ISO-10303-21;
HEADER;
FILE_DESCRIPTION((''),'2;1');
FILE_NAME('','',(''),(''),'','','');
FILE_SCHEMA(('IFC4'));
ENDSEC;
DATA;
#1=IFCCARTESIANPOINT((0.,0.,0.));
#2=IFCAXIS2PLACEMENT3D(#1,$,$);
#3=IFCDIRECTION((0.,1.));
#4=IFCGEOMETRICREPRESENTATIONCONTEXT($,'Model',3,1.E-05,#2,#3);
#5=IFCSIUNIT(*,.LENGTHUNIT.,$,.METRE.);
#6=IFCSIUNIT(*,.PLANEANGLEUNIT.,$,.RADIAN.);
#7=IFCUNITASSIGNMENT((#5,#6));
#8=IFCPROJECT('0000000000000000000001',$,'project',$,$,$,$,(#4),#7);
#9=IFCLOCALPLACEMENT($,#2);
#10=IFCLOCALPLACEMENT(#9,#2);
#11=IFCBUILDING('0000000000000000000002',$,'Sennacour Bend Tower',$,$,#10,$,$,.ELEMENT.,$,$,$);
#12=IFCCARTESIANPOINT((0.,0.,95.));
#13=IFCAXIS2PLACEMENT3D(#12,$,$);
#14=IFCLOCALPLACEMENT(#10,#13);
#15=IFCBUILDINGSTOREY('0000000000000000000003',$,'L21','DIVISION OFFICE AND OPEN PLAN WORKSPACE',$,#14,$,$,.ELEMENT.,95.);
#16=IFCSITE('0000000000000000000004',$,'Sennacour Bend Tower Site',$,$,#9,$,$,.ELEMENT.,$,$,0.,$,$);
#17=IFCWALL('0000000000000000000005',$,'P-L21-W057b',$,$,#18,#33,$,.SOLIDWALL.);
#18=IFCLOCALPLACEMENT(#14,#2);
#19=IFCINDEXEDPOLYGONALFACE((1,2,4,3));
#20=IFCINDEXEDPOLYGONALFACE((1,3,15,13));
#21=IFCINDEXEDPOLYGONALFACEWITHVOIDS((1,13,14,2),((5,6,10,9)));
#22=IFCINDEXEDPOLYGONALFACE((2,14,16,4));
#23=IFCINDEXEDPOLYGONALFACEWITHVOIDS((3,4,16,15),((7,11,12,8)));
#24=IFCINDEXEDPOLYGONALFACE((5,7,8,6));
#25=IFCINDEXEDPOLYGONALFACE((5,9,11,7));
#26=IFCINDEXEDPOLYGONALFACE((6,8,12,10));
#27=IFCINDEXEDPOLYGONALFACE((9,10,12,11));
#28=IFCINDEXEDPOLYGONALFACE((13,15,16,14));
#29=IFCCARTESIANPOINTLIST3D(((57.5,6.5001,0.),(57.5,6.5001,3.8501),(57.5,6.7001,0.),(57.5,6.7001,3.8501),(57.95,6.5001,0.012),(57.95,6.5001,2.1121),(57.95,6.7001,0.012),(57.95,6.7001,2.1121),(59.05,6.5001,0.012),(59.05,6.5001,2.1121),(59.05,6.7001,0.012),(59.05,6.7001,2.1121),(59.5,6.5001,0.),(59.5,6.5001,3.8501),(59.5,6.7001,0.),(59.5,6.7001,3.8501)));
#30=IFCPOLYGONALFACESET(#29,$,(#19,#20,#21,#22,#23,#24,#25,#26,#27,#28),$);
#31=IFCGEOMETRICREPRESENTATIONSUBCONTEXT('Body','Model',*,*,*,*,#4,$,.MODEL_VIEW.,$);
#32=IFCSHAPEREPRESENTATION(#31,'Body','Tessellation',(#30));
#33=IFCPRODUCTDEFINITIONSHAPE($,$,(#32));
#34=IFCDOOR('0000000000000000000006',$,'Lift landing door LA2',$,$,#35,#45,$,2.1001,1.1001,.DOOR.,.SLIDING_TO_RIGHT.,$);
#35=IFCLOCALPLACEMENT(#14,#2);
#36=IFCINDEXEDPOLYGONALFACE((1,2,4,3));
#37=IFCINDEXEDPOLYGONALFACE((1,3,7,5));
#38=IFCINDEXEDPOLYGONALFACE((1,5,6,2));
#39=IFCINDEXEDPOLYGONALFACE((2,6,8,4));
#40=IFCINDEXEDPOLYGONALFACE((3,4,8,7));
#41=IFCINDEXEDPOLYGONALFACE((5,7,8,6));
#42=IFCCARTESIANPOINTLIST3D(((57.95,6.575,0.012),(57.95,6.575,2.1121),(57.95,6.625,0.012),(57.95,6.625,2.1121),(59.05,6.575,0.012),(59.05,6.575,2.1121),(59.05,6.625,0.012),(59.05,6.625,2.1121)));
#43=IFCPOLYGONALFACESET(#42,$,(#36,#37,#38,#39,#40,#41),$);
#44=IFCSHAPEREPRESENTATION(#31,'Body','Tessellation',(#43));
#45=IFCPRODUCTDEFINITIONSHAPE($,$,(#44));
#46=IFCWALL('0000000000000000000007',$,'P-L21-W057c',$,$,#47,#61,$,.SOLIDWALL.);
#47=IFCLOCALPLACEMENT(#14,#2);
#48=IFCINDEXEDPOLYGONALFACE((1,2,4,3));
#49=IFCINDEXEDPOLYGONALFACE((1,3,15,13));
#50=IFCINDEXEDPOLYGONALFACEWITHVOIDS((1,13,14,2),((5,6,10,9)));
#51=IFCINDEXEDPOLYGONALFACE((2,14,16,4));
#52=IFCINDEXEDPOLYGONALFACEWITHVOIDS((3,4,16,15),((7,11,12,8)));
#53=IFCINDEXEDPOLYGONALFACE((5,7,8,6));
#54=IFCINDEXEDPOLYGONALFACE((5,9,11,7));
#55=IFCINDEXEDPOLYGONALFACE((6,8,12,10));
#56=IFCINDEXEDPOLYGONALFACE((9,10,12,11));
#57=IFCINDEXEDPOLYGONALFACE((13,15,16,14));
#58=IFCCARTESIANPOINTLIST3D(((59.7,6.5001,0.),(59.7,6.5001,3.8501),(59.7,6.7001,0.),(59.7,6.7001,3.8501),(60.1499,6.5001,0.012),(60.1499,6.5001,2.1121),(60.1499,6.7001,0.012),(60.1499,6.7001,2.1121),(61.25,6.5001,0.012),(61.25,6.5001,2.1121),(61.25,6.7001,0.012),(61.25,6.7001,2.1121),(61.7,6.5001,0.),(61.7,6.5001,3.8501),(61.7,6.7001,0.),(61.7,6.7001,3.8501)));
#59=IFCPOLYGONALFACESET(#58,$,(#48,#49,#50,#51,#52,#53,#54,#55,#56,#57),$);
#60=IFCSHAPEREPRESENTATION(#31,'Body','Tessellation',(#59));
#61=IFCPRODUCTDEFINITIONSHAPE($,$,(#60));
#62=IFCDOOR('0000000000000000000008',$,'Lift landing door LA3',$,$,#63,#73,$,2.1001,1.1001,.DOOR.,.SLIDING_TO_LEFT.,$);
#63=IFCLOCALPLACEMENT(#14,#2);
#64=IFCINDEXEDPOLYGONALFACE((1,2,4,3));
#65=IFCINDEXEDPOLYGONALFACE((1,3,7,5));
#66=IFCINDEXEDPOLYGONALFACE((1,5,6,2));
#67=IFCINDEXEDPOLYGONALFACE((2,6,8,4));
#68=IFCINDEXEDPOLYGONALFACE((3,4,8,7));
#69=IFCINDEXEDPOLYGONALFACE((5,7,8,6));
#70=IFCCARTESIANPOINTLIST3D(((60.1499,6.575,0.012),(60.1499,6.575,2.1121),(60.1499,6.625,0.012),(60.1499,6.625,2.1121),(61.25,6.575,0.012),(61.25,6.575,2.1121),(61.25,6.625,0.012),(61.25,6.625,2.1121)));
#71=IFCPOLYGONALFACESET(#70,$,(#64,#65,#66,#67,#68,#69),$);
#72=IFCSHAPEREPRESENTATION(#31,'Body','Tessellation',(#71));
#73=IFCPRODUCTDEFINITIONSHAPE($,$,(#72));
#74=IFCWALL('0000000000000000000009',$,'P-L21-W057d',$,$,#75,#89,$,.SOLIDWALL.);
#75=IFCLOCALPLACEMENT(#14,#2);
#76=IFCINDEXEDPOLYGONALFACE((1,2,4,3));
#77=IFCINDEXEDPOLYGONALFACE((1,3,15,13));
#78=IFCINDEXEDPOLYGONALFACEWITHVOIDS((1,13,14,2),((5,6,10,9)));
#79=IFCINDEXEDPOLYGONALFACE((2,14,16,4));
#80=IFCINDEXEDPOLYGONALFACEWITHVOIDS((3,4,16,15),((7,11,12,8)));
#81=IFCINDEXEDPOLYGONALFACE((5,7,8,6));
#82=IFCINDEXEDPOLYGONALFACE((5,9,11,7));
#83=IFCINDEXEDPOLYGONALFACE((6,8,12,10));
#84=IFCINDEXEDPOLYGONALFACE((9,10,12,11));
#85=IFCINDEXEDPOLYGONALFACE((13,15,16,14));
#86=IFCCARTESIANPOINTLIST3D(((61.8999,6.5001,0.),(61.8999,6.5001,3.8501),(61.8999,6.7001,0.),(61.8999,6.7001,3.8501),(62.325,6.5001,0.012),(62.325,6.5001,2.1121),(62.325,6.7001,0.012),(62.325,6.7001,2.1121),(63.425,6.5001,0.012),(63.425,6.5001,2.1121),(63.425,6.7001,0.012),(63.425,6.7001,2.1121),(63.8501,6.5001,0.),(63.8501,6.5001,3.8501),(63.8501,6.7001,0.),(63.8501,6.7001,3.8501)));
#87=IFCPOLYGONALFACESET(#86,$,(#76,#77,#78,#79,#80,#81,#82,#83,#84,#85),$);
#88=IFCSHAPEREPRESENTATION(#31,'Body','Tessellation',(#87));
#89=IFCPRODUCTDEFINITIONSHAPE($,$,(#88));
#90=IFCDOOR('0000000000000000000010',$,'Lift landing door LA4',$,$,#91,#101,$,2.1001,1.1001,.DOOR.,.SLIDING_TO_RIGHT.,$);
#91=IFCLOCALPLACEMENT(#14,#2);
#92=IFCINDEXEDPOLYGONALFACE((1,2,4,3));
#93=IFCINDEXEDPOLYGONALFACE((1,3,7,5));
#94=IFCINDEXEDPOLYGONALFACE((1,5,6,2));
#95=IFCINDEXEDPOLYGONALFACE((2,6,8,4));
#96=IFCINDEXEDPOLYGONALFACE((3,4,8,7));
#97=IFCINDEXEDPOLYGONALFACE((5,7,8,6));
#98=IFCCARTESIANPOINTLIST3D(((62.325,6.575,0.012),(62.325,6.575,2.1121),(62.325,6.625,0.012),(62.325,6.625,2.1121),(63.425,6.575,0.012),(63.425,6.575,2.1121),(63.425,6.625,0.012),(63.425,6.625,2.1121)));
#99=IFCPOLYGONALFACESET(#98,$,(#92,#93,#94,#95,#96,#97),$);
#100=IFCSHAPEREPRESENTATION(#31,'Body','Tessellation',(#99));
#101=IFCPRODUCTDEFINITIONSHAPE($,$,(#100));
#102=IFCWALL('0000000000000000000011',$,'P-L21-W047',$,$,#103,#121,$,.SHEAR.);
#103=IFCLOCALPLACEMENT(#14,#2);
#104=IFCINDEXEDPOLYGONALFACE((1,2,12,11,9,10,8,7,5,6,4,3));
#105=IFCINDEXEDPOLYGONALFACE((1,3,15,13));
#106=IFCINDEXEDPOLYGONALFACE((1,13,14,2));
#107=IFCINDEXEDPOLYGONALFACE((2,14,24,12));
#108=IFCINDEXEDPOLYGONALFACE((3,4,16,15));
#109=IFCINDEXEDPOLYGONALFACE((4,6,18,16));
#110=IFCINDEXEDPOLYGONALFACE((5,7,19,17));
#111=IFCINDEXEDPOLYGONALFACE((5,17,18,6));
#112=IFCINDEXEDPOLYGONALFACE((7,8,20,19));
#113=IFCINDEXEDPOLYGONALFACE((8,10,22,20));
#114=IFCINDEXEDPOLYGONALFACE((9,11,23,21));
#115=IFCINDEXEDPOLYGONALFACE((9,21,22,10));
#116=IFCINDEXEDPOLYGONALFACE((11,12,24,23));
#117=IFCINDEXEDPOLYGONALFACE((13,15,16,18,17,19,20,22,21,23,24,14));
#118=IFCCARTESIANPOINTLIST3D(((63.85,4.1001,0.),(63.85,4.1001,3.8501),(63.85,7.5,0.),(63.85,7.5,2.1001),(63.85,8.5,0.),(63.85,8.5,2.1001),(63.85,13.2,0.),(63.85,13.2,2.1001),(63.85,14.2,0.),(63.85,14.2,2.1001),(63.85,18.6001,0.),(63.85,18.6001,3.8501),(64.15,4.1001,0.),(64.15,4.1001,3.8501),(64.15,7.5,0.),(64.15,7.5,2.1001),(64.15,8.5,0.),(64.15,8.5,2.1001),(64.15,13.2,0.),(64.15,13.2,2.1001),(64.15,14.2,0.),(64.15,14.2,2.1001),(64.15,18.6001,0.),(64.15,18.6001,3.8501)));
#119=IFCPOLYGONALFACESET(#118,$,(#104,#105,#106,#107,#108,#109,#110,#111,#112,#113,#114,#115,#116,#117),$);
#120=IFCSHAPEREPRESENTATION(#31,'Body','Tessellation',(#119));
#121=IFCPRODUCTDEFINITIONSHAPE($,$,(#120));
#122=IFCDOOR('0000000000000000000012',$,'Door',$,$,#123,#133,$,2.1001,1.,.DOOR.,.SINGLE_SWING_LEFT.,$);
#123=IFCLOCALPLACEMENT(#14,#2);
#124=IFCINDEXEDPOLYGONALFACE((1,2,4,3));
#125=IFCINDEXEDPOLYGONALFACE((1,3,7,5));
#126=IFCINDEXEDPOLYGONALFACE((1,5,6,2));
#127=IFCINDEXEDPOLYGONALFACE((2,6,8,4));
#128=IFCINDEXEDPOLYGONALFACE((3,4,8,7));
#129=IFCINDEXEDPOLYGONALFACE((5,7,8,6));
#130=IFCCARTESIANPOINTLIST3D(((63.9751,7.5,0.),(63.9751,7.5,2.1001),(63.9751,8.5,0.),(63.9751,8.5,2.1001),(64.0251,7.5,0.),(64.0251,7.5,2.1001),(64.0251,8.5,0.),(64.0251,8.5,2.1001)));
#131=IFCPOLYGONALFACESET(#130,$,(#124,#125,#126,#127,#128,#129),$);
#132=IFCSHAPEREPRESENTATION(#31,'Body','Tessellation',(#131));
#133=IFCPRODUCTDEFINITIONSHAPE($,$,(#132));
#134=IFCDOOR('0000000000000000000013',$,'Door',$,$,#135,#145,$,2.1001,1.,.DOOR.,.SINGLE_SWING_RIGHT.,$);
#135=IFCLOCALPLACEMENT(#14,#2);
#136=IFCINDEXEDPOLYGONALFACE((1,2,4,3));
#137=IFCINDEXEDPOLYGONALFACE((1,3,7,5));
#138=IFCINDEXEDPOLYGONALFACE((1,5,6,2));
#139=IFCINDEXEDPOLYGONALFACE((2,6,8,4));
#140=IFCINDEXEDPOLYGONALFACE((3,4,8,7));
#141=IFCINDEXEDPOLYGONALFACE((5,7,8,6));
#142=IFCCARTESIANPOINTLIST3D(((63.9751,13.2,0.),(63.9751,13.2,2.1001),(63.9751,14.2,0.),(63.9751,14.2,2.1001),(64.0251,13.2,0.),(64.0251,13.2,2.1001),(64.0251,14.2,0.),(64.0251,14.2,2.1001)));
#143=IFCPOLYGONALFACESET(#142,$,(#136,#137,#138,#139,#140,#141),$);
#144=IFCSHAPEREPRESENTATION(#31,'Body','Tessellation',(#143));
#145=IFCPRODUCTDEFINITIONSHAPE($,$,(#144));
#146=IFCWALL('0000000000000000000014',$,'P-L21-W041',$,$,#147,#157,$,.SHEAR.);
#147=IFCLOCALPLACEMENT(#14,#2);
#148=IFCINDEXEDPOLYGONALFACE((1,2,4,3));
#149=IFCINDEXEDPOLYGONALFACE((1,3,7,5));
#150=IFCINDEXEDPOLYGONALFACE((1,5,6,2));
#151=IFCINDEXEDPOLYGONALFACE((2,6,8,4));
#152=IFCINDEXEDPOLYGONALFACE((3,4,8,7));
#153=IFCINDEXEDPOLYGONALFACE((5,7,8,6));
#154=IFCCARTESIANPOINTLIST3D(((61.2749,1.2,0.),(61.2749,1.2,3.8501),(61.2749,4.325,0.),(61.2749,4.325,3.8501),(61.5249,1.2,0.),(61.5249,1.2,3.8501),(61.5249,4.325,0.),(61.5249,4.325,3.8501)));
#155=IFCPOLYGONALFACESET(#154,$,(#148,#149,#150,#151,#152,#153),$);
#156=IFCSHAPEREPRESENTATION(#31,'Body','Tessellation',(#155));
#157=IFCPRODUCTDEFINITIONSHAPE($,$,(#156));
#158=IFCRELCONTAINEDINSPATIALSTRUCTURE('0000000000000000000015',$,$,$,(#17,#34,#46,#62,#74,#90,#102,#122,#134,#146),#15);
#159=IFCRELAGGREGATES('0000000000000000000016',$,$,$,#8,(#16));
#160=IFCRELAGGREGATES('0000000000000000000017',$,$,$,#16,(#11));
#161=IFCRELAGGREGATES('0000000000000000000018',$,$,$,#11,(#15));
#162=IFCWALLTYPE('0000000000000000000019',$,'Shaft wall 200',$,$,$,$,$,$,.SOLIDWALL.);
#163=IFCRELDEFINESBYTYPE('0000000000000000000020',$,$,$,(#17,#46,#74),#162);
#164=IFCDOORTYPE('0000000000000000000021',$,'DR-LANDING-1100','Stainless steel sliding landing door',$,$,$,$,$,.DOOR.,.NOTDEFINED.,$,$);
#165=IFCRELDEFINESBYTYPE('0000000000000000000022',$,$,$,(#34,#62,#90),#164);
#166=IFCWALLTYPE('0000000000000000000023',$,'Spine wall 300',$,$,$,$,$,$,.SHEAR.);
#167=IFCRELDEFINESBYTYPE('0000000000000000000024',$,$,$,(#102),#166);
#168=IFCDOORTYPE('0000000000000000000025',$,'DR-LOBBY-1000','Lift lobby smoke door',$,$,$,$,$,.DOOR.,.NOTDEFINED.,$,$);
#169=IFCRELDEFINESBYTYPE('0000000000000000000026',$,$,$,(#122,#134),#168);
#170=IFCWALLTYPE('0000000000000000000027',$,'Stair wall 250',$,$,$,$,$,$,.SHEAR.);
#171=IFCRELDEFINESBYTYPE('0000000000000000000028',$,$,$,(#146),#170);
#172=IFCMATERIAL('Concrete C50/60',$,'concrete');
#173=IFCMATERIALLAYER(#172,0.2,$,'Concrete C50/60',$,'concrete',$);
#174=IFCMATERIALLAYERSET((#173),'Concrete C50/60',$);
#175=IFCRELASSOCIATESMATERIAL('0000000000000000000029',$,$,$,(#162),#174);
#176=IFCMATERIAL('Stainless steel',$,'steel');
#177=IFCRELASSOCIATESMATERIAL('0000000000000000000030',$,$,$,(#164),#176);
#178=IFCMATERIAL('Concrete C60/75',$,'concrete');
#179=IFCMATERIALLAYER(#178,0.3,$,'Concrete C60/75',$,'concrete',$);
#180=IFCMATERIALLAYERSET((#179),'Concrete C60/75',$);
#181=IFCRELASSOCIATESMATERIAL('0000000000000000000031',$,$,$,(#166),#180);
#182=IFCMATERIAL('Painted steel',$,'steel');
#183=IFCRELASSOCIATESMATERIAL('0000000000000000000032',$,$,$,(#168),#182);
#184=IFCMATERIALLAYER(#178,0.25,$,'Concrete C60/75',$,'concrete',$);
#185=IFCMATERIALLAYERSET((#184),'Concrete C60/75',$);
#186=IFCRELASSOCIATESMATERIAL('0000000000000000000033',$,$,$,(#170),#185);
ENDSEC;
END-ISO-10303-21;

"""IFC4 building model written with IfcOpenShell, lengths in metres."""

from ifc_helpers import new_model, si_unit, direction, frame, frame_2d, origin, place, context, subcontext, project, spatial, rectangle, extrude, material, layer, layer_set, type_object, element, fill, save


model = new_model("IFC4")

# Units and contexts
model_context = context("Model", 3, precision=1e-05, world=origin(), true_north=direction((0.0, 1.0)))
body_context = subcontext(model_context, "Body", "Model", "MODEL_VIEW")
ifc_project = project(units=[si_unit("LENGTHUNIT", "METRE"), si_unit("PLANEANGLEUNIT", "RADIAN")], contexts=[model_context])

# Site, building, storey
site_placement = place(None, origin())
site = spatial("IfcSite", under=ifc_project, at=site_placement, Name="Sennacour Bend Tower Site", CompositionType="ELEMENT", RefElevation=0.0)
building_placement = place(site_placement, origin())
building = spatial("IfcBuilding", under=site, at=building_placement, Name="Sennacour Bend Tower", CompositionType="ELEMENT")
storey_placement = place(building_placement, frame((0.0, 0.0, 95.0)))
storey = spatial("IfcBuildingStorey", under=building, at=storey_placement, Name="L21", Description="DIVISION OFFICE AND OPEN PLAN WORKSPACE", CompositionType="ELEMENT", Elevation=95.0)

# Shared definitions
ifc_material_1 = material(Name="Painted steel", Category="steel")

# Shared definitions
ifc_material_2 = material(Name="Concrete C50/60", Category="concrete")
ifc_layer_1 = layer(ifc_material_2, 0.2, Name="Concrete C50/60", Category="concrete")
ifc_layer_set_1 = layer_set([ifc_layer_1], Name="Concrete C50/60")
wall_type_1 = type_object("IfcWallType", Name="Shaft wall 200", PredefinedType="SOLIDWALL", material=ifc_layer_set_1)

# Walls, openings, doors
wall_1_placement = place(storey_placement, frame((57.5, 6.6001, 0.0), z_axis=(0.0, 0.0, 1.0), x_axis=(1.0, 0.0, 0.0)))
wall_1 = element("IfcWall", 1, at=wall_1_placement, inside=storey, type_object=wall_type_1, Name="P-L21-W057b", PredefinedType="SOLIDWALL", context=body_context, shape_type="SweptSolid", body=[
    extrude(rectangle(XDim=2.0, YDim=0.2, at=frame_2d((1.0, 0.0))), origin(), (0.0, 0.0, 1.0), 3.8501),
])
opening_1_placement = place(wall_1_placement, frame((0.45, 0.0, 0.012)))
opening_1 = element("IfcOpeningElement", 2, at=opening_1_placement, cuts=wall_1, PredefinedType="OPENING", context=body_context, shape_type="SweptSolid", body=[
    extrude(rectangle(XDim=1.1001, YDim=2.1001, at=frame_2d((0.55, 1.05))), frame((0.0, 0.1099, 0.0), z_axis=(0.0, -1.0, 0.0), x_axis=(1.0, 0.0, 0.0)), (0.0, 0.0, 1.0), 0.22),
])
ifc_material_3 = material(Name="Stainless steel", Category="steel")
door_type_1 = type_object("IfcDoorType", Name="DR-LANDING-1100", Description="Stainless steel sliding landing door", OperationType="NOTDEFINED", PredefinedType="DOOR", material=ifc_material_3)
door_1_placement = place(opening_1_placement, origin())
door_1 = element("IfcDoor", 3, at=door_1_placement, inside=storey, type_object=door_type_1, Name="Lift landing door LA2", OperationType="SLIDING_TO_RIGHT", OverallHeight=2.1001, OverallWidth=1.1001, PredefinedType="DOOR", context=body_context, shape_type="SweptSolid", body=[
    extrude(rectangle(XDim=1.1001, YDim=2.1001, at=frame_2d((0.55, 1.05))), frame((0.0, 0.0249, 0.0), z_axis=(0.0, -1.0, 0.0), x_axis=(1.0, 0.0, 0.0)), (0.0, 0.0, 1.0), 0.05),
])
fill(opening_1, door_1)
wall_2_placement = place(storey_placement, frame((59.7, 6.6001, 0.0), z_axis=(0.0, 0.0, 1.0), x_axis=(1.0, 0.0, 0.0)))
wall_2 = element("IfcWall", 4, at=wall_2_placement, inside=storey, type_object=wall_type_1, Name="P-L21-W057c", PredefinedType="SOLIDWALL", context=body_context, shape_type="SweptSolid", body=[
    extrude(rectangle(XDim=2.0, YDim=0.2, at=frame_2d((1.0, 0.0))), origin(), (0.0, 0.0, 1.0), 3.8501),
])
opening_2_placement = place(wall_2_placement, frame((0.45, 0.0, 0.012)))
opening_2 = element("IfcOpeningElement", 5, at=opening_2_placement, cuts=wall_2, PredefinedType="OPENING", context=body_context, shape_type="SweptSolid", body=[
    extrude(rectangle(XDim=1.1001, YDim=2.1001, at=frame_2d((0.55, 1.05))), frame((0.0, 0.1099, 0.0), z_axis=(0.0, -1.0, 0.0), x_axis=(1.0, 0.0, 0.0)), (0.0, 0.0, 1.0), 0.22),
])
door_2_placement = place(opening_2_placement, origin())
door_2 = element("IfcDoor", 6, at=door_2_placement, inside=storey, type_object=door_type_1, Name="Lift landing door LA3", OperationType="SLIDING_TO_LEFT", OverallHeight=2.1001, OverallWidth=1.1001, PredefinedType="DOOR", context=body_context, shape_type="SweptSolid", body=[
    extrude(rectangle(XDim=1.1001, YDim=2.1001, at=frame_2d((0.55, 1.05))), frame((0.0, 0.0249, 0.0), z_axis=(0.0, -1.0, 0.0), x_axis=(1.0, 0.0, 0.0)), (0.0, 0.0, 1.0), 0.05),
])
fill(opening_2, door_2)
wall_3_placement = place(storey_placement, frame((61.8999, 6.6001, 0.0), z_axis=(0.0, 0.0, 1.0), x_axis=(1.0, 0.0, 0.0)))
wall_3 = element("IfcWall", 7, at=wall_3_placement, inside=storey, type_object=wall_type_1, Name="P-L21-W057d", PredefinedType="SOLIDWALL", context=body_context, shape_type="SweptSolid", body=[
    extrude(rectangle(XDim=1.9502, YDim=0.2, at=frame_2d((0.9751, 0.0))), origin(), (0.0, 0.0, 1.0), 3.8501),
])
opening_3_placement = place(wall_3_placement, frame((0.425, 0.0, 0.012)))
opening_3 = element("IfcOpeningElement", 8, at=opening_3_placement, cuts=wall_3, PredefinedType="OPENING", context=body_context, shape_type="SweptSolid", body=[
    extrude(rectangle(XDim=1.1001, YDim=2.1001, at=frame_2d((0.55, 1.05))), frame((0.0, 0.1099, 0.0), z_axis=(0.0, -1.0, 0.0), x_axis=(1.0, 0.0, 0.0)), (0.0, 0.0, 1.0), 0.22),
])
door_3_placement = place(opening_3_placement, origin())
door_3 = element("IfcDoor", 9, at=door_3_placement, inside=storey, type_object=door_type_1, Name="Lift landing door LA4", OperationType="SLIDING_TO_RIGHT", OverallHeight=2.1001, OverallWidth=1.1001, PredefinedType="DOOR", context=body_context, shape_type="SweptSolid", body=[
    extrude(rectangle(XDim=1.1001, YDim=2.1001, at=frame_2d((0.55, 1.05))), frame((0.0, 0.0249, 0.0), z_axis=(0.0, -1.0, 0.0), x_axis=(1.0, 0.0, 0.0)), (0.0, 0.0, 1.0), 0.05),
])
fill(opening_3, door_3)

# Wall, openings, doors
ifc_material_4 = material(Name="Concrete C60/75", Category="concrete")
ifc_layer_2 = layer(ifc_material_4, 0.3, Name="Concrete C60/75", Category="concrete")
ifc_layer_set_2 = layer_set([ifc_layer_2], Name="Concrete C60/75")
wall_type_2 = type_object("IfcWallType", Name="Spine wall 300", PredefinedType="SHEAR", material=ifc_layer_set_2)
wall_4_placement = place(storey_placement, frame((64.0, 4.1001, 0.0), z_axis=(0.0, 0.0, 1.0), x_axis=(0.0, 1.0, 0.0)))
wall_4 = element("IfcWall", 10, at=wall_4_placement, inside=storey, type_object=wall_type_2, Name="P-L21-W047", PredefinedType="SHEAR", context=body_context, shape_type="SweptSolid", body=[
    extrude(rectangle(XDim=14.5, YDim=0.3, at=frame_2d((7.25, 0.0))), origin(), (0.0, 0.0, 1.0), 3.8501),
])
opening_4_placement = place(wall_4_placement, frame((3.3999, 0.0, 0.0)))
opening_4 = element("IfcOpeningElement", 11, at=opening_4_placement, cuts=wall_4, PredefinedType="OPENING", context=body_context, shape_type="SweptSolid", body=[
    extrude(rectangle(XDim=1.0, YDim=2.1001, at=frame_2d((0.5, 1.05))), frame((0.0, 0.1602, 0.0), z_axis=(0.0, -1.0, 0.0), x_axis=(1.0, 0.0, 0.0)), (0.0, 0.0, 1.0), 0.3201),
])
opening_5_placement = place(wall_4_placement, frame((9.0999, 0.0, 0.0)))
opening_5 = element("IfcOpeningElement", 12, at=opening_5_placement, cuts=wall_4, PredefinedType="OPENING", context=body_context, shape_type="SweptSolid", body=[
    extrude(rectangle(XDim=1.0, YDim=2.1001, at=frame_2d((0.5, 1.05))), frame((0.0, 0.1602, 0.0), z_axis=(0.0, -1.0, 0.0), x_axis=(1.0, 0.0, 0.0)), (0.0, 0.0, 1.0), 0.3201),
])
door_type_2 = type_object("IfcDoorType", Name="DR-LOBBY-1000", Description="Lift lobby smoke door", OperationType="NOTDEFINED", PredefinedType="DOOR", material=ifc_material_1)
door_4_placement = place(opening_4_placement, origin())
door_4 = element("IfcDoor", 13, at=door_4_placement, inside=storey, type_object=door_type_2, Name="Door", OperationType="SINGLE_SWING_LEFT", OverallHeight=2.1001, OverallWidth=1.0, PredefinedType="DOOR", context=body_context, shape_type="SweptSolid", body=[
    extrude(rectangle(XDim=1.0, YDim=2.1001, at=frame_2d((0.5, 1.05))), frame((0.0, 0.0249, 0.0), z_axis=(0.0, -1.0, 0.0), x_axis=(1.0, 0.0, 0.0)), (0.0, 0.0, 1.0), 0.05),
])
fill(opening_4, door_4)
door_5_placement = place(opening_5_placement, origin())
door_5 = element("IfcDoor", 14, at=door_5_placement, inside=storey, type_object=door_type_2, Name="Door", OperationType="SINGLE_SWING_RIGHT", OverallHeight=2.1001, OverallWidth=1.0, PredefinedType="DOOR", context=body_context, shape_type="SweptSolid", body=[
    extrude(rectangle(XDim=1.0, YDim=2.1001, at=frame_2d((0.5, 1.05))), frame((0.0, 0.0249, 0.0), z_axis=(0.0, -1.0, 0.0), x_axis=(1.0, 0.0, 0.0)), (0.0, 0.0, 1.0), 0.05),
])
fill(opening_5, door_5)

# Wall
ifc_layer_3 = layer(ifc_material_4, 0.25, Name="Concrete C60/75", Category="concrete")
ifc_layer_set_3 = layer_set([ifc_layer_3], Name="Concrete C60/75")
wall_type_3 = type_object("IfcWallType", Name="Stair wall 250", PredefinedType="SHEAR", material=ifc_layer_set_3)
wall_5_placement = place(storey_placement, frame((61.3999, 1.2, 0.0), z_axis=(0.0, 0.0, 1.0), x_axis=(0.0, 1.0, 0.0)))
element("IfcWall", 15, at=wall_5_placement, inside=storey, type_object=wall_type_3, Name="P-L21-W041", PredefinedType="SHEAR", context=body_context, shape_type="SweptSolid", body=[
    extrude(rectangle(XDim=3.125, YDim=0.25, at=frame_2d((1.5625, 0.0))), origin(), (0.0, 0.0, 1.0), 3.8501),
])

save(model, "model.ifc")
